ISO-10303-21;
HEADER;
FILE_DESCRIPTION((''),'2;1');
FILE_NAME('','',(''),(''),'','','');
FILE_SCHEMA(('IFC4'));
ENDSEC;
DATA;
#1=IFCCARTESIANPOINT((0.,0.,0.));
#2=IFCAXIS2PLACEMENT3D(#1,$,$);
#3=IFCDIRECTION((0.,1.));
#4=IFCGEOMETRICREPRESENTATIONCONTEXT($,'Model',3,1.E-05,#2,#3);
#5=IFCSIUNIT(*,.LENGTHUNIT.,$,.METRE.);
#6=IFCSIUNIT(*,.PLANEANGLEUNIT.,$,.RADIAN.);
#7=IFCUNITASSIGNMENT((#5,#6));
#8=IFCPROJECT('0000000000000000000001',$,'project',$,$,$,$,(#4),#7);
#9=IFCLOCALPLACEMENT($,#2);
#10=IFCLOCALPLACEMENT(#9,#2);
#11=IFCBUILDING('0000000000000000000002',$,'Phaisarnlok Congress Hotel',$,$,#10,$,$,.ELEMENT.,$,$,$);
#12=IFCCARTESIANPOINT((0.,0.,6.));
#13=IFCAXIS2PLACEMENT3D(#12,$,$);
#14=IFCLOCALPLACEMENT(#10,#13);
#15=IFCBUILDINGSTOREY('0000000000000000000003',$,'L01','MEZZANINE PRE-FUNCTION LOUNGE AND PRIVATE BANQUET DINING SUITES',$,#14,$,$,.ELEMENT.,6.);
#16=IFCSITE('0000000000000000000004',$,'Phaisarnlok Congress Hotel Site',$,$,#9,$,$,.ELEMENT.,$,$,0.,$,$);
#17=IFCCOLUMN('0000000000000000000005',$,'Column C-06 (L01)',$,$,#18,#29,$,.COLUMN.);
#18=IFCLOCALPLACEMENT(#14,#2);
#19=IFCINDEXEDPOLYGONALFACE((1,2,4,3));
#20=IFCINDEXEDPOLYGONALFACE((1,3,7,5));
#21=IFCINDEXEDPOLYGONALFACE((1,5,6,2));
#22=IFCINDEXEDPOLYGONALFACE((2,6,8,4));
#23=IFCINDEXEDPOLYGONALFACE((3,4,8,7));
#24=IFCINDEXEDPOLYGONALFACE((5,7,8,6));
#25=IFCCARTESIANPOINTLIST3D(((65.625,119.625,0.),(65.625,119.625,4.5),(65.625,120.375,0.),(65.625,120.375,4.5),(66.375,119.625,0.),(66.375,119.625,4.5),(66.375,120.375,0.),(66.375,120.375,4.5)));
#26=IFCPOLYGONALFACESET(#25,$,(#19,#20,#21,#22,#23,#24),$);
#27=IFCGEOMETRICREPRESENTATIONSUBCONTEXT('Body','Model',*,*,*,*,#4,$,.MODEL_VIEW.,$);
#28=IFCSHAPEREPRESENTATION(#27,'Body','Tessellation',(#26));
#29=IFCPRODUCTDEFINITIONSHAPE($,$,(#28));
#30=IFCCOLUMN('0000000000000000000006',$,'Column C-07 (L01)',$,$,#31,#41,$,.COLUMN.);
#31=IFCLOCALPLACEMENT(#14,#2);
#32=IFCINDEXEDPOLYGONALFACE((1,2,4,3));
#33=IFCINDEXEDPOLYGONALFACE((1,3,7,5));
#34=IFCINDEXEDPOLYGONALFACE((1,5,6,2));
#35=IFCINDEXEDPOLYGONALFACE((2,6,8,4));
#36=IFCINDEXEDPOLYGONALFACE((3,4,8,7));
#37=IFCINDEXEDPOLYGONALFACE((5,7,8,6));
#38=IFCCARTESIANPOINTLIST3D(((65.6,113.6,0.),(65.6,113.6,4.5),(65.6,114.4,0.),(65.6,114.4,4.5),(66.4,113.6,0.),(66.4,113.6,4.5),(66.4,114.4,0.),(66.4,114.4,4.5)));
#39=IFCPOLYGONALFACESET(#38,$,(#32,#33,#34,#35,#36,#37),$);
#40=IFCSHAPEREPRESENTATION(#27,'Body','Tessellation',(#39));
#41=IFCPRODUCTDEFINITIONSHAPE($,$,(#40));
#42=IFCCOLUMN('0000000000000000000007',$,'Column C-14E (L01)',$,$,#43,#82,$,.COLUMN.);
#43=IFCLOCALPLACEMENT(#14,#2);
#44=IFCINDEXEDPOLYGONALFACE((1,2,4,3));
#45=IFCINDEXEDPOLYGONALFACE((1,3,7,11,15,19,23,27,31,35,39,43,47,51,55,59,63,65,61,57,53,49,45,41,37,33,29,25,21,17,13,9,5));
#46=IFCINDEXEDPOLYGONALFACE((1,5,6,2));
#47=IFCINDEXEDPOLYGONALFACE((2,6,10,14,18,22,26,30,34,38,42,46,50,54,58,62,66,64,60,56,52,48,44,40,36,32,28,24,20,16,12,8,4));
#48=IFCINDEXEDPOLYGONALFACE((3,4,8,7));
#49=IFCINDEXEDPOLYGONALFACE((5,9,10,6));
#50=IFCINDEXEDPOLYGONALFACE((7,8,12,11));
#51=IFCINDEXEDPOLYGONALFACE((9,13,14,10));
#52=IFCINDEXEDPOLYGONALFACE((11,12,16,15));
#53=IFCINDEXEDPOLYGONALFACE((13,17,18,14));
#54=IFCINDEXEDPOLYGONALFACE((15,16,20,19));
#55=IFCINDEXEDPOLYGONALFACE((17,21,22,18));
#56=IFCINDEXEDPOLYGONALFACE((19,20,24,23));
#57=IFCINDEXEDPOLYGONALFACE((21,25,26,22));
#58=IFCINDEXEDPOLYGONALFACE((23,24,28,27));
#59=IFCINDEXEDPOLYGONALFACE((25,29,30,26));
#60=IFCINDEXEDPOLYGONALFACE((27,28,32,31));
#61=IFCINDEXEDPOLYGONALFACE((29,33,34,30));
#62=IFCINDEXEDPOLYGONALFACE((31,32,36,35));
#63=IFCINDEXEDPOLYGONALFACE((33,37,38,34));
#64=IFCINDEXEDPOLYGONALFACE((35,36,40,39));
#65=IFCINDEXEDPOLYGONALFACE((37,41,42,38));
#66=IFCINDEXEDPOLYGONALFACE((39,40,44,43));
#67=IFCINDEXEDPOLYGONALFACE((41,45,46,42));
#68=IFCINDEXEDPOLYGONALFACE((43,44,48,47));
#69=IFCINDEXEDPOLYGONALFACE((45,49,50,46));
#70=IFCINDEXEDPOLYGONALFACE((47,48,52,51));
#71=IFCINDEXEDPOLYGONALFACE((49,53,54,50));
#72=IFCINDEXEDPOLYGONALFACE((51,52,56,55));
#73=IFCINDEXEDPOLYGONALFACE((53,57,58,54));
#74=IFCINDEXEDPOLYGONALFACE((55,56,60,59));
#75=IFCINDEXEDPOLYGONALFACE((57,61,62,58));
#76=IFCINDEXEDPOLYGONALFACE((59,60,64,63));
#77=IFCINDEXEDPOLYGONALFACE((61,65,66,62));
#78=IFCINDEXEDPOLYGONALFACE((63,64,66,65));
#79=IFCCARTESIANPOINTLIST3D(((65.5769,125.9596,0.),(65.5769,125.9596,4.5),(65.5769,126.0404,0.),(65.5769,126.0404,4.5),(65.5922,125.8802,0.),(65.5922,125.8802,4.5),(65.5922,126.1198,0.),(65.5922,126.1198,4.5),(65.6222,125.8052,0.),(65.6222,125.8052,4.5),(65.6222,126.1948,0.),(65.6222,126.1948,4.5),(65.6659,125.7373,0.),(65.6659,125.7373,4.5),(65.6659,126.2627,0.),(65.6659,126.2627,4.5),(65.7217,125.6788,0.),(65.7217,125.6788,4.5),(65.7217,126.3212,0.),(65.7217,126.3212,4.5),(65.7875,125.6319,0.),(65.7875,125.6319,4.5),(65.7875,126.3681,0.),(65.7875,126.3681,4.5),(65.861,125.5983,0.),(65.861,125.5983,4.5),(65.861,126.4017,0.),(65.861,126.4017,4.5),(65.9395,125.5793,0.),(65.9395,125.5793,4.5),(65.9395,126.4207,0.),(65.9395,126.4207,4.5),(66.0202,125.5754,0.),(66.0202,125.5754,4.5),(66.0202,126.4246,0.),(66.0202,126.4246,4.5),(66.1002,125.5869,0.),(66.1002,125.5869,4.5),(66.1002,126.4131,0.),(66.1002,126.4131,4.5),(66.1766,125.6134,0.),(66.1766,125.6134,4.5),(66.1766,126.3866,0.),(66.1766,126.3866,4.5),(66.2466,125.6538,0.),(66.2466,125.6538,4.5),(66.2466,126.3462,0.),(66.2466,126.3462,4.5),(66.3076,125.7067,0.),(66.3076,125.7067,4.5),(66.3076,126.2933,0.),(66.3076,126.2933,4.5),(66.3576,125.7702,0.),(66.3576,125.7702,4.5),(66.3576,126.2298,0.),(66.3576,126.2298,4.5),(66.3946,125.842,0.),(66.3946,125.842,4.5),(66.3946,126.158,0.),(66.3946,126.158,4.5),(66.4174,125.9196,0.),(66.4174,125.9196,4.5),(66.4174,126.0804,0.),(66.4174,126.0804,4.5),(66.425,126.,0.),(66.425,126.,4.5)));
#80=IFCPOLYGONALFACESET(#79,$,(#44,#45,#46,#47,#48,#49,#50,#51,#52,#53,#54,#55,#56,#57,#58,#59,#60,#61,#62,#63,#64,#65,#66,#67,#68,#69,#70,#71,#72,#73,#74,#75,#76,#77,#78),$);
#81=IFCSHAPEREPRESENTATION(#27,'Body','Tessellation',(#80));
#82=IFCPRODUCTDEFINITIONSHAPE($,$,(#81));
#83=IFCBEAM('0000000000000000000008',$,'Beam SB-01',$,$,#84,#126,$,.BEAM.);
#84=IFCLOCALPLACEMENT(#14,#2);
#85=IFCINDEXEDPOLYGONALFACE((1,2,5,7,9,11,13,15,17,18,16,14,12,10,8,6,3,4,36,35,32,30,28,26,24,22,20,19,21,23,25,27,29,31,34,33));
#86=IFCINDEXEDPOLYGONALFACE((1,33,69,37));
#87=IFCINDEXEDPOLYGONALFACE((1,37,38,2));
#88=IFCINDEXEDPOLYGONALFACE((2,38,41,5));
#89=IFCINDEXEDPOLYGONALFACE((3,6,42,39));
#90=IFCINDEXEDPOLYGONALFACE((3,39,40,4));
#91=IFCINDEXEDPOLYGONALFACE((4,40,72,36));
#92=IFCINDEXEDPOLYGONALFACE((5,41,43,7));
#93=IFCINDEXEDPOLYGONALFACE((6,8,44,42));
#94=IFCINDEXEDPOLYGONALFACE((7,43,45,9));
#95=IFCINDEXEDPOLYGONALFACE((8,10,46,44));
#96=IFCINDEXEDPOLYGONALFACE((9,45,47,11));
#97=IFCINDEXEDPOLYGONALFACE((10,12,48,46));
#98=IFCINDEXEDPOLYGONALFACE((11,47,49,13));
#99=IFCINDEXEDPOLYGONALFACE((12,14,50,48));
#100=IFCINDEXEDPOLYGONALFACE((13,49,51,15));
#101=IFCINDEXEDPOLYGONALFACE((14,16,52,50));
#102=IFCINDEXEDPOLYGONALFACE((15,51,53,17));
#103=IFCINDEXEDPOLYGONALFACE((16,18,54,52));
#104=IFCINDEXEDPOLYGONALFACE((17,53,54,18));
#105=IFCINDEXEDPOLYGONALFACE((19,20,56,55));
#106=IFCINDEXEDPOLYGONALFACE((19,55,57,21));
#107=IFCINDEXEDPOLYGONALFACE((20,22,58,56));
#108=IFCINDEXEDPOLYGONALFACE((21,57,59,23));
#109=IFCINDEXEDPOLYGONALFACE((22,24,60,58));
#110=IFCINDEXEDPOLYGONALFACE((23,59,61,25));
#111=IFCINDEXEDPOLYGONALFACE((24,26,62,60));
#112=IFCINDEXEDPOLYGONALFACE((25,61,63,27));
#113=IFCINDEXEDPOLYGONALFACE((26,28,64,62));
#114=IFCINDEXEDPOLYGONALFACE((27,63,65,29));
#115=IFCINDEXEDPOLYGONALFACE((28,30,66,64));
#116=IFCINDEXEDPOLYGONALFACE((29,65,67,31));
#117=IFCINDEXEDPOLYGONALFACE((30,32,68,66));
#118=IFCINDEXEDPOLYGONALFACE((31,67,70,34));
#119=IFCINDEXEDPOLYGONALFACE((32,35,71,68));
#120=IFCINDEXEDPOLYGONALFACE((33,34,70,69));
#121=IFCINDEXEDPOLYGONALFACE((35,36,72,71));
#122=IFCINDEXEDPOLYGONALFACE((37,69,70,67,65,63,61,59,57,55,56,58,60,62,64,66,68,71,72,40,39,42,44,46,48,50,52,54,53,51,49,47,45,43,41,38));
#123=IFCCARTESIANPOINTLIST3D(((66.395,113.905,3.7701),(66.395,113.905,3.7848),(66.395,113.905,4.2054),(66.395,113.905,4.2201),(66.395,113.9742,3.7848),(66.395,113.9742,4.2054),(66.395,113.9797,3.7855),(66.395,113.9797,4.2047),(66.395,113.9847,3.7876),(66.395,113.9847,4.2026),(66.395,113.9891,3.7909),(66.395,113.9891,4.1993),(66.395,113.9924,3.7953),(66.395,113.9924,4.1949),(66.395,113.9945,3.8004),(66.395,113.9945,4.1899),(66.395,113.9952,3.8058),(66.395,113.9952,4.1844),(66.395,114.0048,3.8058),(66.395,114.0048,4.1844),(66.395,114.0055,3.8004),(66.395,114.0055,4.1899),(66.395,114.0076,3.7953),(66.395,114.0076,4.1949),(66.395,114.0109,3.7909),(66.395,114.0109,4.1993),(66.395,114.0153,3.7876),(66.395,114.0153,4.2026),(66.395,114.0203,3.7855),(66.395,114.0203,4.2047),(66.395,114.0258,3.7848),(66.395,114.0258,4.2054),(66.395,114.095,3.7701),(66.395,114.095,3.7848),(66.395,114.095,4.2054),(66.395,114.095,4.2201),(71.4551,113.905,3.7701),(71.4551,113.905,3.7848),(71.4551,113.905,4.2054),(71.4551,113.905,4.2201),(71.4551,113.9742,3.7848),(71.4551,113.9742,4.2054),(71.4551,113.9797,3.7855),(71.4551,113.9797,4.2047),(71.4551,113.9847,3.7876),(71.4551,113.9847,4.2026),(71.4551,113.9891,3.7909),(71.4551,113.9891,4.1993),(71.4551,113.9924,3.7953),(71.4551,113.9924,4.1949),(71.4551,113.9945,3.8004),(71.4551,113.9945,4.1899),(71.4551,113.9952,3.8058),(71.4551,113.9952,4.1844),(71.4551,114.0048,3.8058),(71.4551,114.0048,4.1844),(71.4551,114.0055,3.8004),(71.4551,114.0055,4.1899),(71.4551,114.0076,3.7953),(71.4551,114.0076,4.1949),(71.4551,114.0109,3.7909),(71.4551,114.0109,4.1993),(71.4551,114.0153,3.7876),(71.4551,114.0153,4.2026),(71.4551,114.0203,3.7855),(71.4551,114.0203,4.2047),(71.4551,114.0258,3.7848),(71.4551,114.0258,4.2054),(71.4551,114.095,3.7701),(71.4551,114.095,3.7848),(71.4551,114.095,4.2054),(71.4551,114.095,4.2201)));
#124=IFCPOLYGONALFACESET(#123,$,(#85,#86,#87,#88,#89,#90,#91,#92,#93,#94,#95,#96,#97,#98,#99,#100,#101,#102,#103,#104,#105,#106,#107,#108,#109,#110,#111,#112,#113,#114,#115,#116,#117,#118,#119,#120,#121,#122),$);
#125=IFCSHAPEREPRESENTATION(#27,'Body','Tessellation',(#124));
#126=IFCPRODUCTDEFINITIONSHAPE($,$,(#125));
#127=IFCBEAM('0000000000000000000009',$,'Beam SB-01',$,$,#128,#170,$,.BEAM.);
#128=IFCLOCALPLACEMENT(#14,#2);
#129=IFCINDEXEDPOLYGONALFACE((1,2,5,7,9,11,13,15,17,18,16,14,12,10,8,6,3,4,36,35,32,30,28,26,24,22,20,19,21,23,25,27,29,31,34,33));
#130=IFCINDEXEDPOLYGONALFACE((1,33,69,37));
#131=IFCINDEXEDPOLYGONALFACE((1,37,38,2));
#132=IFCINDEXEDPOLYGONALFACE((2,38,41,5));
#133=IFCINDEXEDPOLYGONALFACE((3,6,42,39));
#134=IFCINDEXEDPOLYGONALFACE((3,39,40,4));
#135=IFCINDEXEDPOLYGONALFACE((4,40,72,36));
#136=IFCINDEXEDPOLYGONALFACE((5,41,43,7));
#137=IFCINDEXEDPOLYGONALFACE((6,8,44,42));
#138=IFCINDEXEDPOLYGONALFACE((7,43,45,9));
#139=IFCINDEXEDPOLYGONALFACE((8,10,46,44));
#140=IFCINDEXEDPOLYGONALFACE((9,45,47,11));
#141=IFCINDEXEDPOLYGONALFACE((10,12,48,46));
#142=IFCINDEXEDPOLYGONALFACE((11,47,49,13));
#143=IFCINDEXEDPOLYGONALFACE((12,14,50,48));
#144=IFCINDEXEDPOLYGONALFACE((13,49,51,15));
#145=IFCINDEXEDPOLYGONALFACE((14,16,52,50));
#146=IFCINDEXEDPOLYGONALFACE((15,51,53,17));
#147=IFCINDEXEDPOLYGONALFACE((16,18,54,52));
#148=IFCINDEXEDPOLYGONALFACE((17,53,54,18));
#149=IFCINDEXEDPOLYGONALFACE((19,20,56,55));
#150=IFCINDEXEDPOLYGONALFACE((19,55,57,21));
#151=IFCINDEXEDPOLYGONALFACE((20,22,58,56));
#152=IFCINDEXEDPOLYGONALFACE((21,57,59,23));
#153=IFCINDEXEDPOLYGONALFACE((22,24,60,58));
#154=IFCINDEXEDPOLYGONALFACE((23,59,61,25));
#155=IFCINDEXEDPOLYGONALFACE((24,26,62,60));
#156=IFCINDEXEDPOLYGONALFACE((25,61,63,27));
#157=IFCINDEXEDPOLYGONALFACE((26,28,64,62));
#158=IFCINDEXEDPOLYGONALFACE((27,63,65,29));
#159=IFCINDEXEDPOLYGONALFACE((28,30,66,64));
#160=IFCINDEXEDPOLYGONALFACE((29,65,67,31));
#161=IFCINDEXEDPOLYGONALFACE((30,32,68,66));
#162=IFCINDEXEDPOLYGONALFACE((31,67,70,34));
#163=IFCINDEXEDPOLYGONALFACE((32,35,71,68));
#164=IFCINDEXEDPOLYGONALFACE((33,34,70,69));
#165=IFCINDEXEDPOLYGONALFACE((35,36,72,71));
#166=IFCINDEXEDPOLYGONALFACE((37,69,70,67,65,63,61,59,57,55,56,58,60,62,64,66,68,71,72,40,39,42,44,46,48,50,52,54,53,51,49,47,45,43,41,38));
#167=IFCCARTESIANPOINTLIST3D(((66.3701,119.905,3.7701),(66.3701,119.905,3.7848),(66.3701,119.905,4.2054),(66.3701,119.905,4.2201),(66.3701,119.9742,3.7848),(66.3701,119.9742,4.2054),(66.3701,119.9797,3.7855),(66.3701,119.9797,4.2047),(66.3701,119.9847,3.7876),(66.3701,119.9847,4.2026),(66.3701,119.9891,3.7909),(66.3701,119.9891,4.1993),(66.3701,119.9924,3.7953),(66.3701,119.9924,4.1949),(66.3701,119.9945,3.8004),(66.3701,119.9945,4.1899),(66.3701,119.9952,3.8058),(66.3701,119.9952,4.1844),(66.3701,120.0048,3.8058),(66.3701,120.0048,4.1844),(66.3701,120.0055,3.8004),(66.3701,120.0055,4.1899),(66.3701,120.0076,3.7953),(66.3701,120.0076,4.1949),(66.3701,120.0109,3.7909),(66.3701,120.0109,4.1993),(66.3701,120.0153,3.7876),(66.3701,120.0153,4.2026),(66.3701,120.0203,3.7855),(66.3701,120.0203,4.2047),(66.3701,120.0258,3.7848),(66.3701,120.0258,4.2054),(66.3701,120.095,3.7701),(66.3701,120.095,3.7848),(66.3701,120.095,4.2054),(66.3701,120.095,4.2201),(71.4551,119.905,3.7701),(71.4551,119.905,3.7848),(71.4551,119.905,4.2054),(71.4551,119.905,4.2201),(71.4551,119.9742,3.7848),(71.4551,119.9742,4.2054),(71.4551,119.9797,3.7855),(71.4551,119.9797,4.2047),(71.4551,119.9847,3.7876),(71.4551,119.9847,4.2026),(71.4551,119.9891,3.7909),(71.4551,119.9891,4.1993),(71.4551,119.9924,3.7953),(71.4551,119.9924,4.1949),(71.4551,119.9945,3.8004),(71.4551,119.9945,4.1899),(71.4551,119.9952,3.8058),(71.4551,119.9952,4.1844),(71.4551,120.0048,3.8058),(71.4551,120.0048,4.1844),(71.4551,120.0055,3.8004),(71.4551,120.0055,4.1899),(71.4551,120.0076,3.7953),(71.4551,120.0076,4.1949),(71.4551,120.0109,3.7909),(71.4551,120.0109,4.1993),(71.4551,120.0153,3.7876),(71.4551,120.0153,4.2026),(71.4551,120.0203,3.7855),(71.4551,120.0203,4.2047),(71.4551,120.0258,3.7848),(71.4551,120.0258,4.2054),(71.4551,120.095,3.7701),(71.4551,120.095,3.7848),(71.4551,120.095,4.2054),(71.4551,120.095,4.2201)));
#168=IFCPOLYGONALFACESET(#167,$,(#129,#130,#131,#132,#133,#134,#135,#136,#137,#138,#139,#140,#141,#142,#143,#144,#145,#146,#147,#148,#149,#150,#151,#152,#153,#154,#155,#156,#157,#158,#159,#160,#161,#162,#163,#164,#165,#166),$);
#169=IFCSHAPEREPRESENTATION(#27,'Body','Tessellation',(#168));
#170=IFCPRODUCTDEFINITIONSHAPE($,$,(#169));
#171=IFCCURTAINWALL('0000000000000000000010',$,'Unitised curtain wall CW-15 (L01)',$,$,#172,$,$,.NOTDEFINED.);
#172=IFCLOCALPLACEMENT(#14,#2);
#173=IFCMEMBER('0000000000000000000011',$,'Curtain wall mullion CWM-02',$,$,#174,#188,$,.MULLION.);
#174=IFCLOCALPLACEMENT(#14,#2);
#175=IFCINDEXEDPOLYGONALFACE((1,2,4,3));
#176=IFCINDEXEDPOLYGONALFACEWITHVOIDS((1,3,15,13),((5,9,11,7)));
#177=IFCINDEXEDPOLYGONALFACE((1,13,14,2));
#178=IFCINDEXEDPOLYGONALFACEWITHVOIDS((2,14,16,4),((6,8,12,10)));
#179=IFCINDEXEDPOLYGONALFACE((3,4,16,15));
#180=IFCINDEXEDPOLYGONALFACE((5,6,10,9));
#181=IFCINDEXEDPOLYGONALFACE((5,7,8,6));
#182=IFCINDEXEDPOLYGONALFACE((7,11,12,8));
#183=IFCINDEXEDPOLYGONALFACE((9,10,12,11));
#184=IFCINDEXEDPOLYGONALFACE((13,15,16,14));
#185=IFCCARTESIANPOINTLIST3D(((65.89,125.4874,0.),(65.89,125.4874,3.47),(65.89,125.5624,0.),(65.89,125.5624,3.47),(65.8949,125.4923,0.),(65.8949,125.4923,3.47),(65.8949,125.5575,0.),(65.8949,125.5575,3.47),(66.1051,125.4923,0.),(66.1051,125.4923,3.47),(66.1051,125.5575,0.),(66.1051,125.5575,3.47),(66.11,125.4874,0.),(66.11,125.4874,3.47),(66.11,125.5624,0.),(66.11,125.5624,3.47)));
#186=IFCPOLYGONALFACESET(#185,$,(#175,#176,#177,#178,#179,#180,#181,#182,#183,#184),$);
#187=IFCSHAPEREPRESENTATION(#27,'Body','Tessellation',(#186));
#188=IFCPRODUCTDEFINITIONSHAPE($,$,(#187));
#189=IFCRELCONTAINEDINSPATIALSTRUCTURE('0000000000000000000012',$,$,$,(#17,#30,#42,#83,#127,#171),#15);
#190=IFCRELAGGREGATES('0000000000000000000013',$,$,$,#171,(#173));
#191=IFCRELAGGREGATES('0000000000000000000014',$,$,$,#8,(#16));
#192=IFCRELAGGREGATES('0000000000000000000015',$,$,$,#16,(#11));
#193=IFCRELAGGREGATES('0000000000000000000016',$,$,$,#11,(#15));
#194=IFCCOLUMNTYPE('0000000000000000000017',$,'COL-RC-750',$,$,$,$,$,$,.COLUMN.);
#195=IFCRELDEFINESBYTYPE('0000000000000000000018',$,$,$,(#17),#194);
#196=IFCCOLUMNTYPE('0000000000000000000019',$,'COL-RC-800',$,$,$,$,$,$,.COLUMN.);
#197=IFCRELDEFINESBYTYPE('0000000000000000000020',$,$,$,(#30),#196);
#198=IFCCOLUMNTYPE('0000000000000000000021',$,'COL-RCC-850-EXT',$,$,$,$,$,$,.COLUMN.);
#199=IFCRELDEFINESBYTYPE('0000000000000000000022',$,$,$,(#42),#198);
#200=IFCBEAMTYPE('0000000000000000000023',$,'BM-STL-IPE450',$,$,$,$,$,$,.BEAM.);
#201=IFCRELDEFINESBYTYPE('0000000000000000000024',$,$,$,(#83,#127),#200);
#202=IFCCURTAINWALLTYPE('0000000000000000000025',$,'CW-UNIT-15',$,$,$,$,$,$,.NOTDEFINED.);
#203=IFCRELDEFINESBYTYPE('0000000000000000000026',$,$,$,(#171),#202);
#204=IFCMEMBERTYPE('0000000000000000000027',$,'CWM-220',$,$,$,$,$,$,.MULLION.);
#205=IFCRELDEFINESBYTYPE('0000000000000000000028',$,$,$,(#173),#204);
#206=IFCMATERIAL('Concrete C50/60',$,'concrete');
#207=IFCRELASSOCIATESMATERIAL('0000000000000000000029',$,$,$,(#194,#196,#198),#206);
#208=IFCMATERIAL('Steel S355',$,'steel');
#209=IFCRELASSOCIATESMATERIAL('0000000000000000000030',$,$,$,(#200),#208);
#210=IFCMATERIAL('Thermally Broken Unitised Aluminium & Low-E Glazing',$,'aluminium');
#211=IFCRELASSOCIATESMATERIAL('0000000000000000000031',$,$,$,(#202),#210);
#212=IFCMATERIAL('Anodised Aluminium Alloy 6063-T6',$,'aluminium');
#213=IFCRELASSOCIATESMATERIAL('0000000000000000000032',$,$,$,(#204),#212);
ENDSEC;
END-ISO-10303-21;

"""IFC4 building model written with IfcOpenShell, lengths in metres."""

from ifc_helpers import new_model, si_unit, direction, frame, origin, origin_2d, place, context, subcontext, project, spatial, rectangle, hollow_rectangle, circle, i_section, extrude, material, material_profile, profile_set, type_object, element, aggregate, save


model = new_model("IFC4")

# Units and contexts
model_context = context("Model", 3, precision=1e-05, world=origin(), true_north=direction((0.0, 1.0)))
body_context = subcontext(model_context, "Body", "Model", "MODEL_VIEW")
ifc_project = project(units=[si_unit("LENGTHUNIT", "METRE"), si_unit("PLANEANGLEUNIT", "RADIAN")], contexts=[model_context])

# Site, building, storey
site_placement = place(None, origin())
site = spatial("IfcSite", under=ifc_project, at=site_placement, Name="Phaisarnlok Congress Hotel Site", CompositionType="ELEMENT", RefElevation=0.0)
building_placement = place(site_placement, origin())
building = spatial("IfcBuilding", under=site, at=building_placement, Name="Phaisarnlok Congress Hotel", CompositionType="ELEMENT")
storey_placement = place(building_placement, frame((0.0, 0.0, 6.0)))
storey = spatial("IfcBuildingStorey", under=building, at=storey_placement, Name="L01", Description="MEZZANINE PRE-FUNCTION LOUNGE AND PRIVATE BANQUET DINING SUITES", CompositionType="ELEMENT", Elevation=6.0)

# Columns
ifc_material_1 = material(Name="Concrete C50/60", Category="concrete")
ifc_material_profile_1 = material_profile(ifc_material_1, rectangle(XDim=0.75, YDim=0.75, at=origin_2d()), Name="RC 750x750")
ifc_profile_set_1 = profile_set([ifc_material_profile_1], Name="Concrete C50/60")
column_type_1 = type_object("IfcColumnType", Name="COL-RC-750", PredefinedType="COLUMN", material=ifc_profile_set_1)
column_1_placement = place(storey_placement, frame((66.0, 120.0, 0.0), z_axis=(0.0, 0.0, 1.0), x_axis=(1.0, 0.0, 0.0)))
element("IfcColumn", 1, at=column_1_placement, inside=storey, type_object=column_type_1, Name="Column C-06 (L01)", PredefinedType="COLUMN", context=body_context, shape_type="SweptSolid", body=[
    extrude(rectangle(XDim=0.75, YDim=0.75, at=origin_2d()), origin(), (0.0, 0.0, 1.0), 4.5),
])
ifc_material_profile_2 = material_profile(ifc_material_1, rectangle(XDim=0.8, YDim=0.8, at=origin_2d()), Name="RC 800x800")
ifc_profile_set_2 = profile_set([ifc_material_profile_2], Name="Concrete C50/60")
column_type_2 = type_object("IfcColumnType", Name="COL-RC-800", PredefinedType="COLUMN", material=ifc_profile_set_2)
column_2_placement = place(storey_placement, frame((66.0, 114.0, 0.0), z_axis=(0.0, 0.0, 1.0), x_axis=(1.0, 0.0, 0.0)))
element("IfcColumn", 2, at=column_2_placement, inside=storey, type_object=column_type_2, Name="Column C-07 (L01)", PredefinedType="COLUMN", context=body_context, shape_type="SweptSolid", body=[
    extrude(rectangle(XDim=0.8, YDim=0.8, at=origin_2d()), origin(), (0.0, 0.0, 1.0), 4.5),
])
ifc_material_profile_3 = material_profile(ifc_material_1, circle(Radius=0.425, at=origin_2d()), Name="RCC D850")
ifc_profile_set_3 = profile_set([ifc_material_profile_3], Name="Concrete C50/60")
column_type_3 = type_object("IfcColumnType", Name="COL-RCC-850-EXT", PredefinedType="COLUMN", material=ifc_profile_set_3)
column_3_placement = place(storey_placement, frame((66.0, 126.0, 0.0), z_axis=(0.0, 0.0, 1.0), x_axis=(1.0, 0.0, 0.0)))
element("IfcColumn", 3, at=column_3_placement, inside=storey, type_object=column_type_3, Name="Column C-14E (L01)", PredefinedType="COLUMN", context=body_context, shape_type="SweptSolid", body=[
    extrude(circle(Radius=0.425, at=origin_2d()), origin(), (0.0, 0.0, 1.0), 4.5),
])

# Beams
ifc_material_2 = material(Name="Steel S355", Category="steel")
ifc_material_profile_4 = material_profile(ifc_material_2, i_section(OverallWidth=0.1899, OverallDepth=0.45, WebThickness=0.0095, FlangeThickness=0.0146, FilletRadius=0.021, at=origin_2d()), Name="IPE 450")
ifc_profile_set_4 = profile_set([ifc_material_profile_4], Name="Steel S355")
beam_type_1 = type_object("IfcBeamType", Name="BM-STL-IPE450", PredefinedType="BEAM", material=ifc_profile_set_4)
beam_1_placement = place(storey_placement, frame((66.395, 114.0, 3.9951), z_axis=(1.0, 0.0, 0.0), x_axis=(0.0, 1.0, 0.0)))
element("IfcBeam", 4, at=beam_1_placement, inside=storey, type_object=beam_type_1, Name="Beam SB-01", PredefinedType="BEAM", context=body_context, shape_type="SweptSolid", body=[
    extrude(i_section(OverallWidth=0.1899, OverallDepth=0.45, WebThickness=0.0095, FlangeThickness=0.0146, FilletRadius=0.021, at=origin_2d()), origin(), (0.0, 0.0, 1.0), 5.0601),
])
beam_2_placement = place(storey_placement, frame((66.3701, 120.0, 3.9951), z_axis=(1.0, 0.0, 0.0), x_axis=(0.0, 1.0, 0.0)))
element("IfcBeam", 5, at=beam_2_placement, inside=storey, type_object=beam_type_1, Name="Beam SB-01", PredefinedType="BEAM", context=body_context, shape_type="SweptSolid", body=[
    extrude(i_section(OverallWidth=0.1899, OverallDepth=0.45, WebThickness=0.0095, FlangeThickness=0.0146, FilletRadius=0.021, at=origin_2d()), origin(), (0.0, 0.0, 1.0), 5.085),
])

# Curtain wall, member
ifc_material_3 = material(Name="Thermally Broken Unitised Aluminium & Low-E Glazing", Category="aluminium")
curtain_wall_type = type_object("IfcCurtainWallType", Name="CW-UNIT-15", PredefinedType="NOTDEFINED", material=ifc_material_3)
curtain_wall_placement = place(storey_placement, origin())
curtain_wall = element("IfcCurtainWall", 6, at=curtain_wall_placement, inside=storey, type_object=curtain_wall_type, Name="Unitised curtain wall CW-15 (L01)", PredefinedType="NOTDEFINED")
ifc_material_4 = material(Name="Anodised Aluminium Alloy 6063-T6", Category="aluminium")
ifc_material_profile_5 = material_profile(ifc_material_4, hollow_rectangle(XDim=0.075, YDim=0.22, WallThickness=0.0049, at=origin_2d()), Name="ALU-M 75x220x5")
ifc_profile_set_5 = profile_set([ifc_material_profile_5], Name="Anodised Aluminium Alloy 6063-T6")
member_type_1 = type_object("IfcMemberType", Name="CWM-220", PredefinedType="MULLION", material=ifc_profile_set_5)
member_1_placement = place(storey_placement, frame((66.0, 125.5249, 0.0), z_axis=(0.0, 0.0, 1.0), x_axis=(0.0, -1.0, 0.0)))
member_1 = element("IfcMember", 7, at=member_1_placement, type_object=member_type_1, Name="Curtain wall mullion CWM-02", PredefinedType="MULLION", context=body_context, shape_type="SweptSolid", body=[
    extrude(hollow_rectangle(XDim=0.075, YDim=0.22, WallThickness=0.0049, at=origin_2d()), origin(), (0.0, 0.0, 1.0), 3.47),
])

aggregate(curtain_wall, [member_1])

save(model, "model.ifc")
